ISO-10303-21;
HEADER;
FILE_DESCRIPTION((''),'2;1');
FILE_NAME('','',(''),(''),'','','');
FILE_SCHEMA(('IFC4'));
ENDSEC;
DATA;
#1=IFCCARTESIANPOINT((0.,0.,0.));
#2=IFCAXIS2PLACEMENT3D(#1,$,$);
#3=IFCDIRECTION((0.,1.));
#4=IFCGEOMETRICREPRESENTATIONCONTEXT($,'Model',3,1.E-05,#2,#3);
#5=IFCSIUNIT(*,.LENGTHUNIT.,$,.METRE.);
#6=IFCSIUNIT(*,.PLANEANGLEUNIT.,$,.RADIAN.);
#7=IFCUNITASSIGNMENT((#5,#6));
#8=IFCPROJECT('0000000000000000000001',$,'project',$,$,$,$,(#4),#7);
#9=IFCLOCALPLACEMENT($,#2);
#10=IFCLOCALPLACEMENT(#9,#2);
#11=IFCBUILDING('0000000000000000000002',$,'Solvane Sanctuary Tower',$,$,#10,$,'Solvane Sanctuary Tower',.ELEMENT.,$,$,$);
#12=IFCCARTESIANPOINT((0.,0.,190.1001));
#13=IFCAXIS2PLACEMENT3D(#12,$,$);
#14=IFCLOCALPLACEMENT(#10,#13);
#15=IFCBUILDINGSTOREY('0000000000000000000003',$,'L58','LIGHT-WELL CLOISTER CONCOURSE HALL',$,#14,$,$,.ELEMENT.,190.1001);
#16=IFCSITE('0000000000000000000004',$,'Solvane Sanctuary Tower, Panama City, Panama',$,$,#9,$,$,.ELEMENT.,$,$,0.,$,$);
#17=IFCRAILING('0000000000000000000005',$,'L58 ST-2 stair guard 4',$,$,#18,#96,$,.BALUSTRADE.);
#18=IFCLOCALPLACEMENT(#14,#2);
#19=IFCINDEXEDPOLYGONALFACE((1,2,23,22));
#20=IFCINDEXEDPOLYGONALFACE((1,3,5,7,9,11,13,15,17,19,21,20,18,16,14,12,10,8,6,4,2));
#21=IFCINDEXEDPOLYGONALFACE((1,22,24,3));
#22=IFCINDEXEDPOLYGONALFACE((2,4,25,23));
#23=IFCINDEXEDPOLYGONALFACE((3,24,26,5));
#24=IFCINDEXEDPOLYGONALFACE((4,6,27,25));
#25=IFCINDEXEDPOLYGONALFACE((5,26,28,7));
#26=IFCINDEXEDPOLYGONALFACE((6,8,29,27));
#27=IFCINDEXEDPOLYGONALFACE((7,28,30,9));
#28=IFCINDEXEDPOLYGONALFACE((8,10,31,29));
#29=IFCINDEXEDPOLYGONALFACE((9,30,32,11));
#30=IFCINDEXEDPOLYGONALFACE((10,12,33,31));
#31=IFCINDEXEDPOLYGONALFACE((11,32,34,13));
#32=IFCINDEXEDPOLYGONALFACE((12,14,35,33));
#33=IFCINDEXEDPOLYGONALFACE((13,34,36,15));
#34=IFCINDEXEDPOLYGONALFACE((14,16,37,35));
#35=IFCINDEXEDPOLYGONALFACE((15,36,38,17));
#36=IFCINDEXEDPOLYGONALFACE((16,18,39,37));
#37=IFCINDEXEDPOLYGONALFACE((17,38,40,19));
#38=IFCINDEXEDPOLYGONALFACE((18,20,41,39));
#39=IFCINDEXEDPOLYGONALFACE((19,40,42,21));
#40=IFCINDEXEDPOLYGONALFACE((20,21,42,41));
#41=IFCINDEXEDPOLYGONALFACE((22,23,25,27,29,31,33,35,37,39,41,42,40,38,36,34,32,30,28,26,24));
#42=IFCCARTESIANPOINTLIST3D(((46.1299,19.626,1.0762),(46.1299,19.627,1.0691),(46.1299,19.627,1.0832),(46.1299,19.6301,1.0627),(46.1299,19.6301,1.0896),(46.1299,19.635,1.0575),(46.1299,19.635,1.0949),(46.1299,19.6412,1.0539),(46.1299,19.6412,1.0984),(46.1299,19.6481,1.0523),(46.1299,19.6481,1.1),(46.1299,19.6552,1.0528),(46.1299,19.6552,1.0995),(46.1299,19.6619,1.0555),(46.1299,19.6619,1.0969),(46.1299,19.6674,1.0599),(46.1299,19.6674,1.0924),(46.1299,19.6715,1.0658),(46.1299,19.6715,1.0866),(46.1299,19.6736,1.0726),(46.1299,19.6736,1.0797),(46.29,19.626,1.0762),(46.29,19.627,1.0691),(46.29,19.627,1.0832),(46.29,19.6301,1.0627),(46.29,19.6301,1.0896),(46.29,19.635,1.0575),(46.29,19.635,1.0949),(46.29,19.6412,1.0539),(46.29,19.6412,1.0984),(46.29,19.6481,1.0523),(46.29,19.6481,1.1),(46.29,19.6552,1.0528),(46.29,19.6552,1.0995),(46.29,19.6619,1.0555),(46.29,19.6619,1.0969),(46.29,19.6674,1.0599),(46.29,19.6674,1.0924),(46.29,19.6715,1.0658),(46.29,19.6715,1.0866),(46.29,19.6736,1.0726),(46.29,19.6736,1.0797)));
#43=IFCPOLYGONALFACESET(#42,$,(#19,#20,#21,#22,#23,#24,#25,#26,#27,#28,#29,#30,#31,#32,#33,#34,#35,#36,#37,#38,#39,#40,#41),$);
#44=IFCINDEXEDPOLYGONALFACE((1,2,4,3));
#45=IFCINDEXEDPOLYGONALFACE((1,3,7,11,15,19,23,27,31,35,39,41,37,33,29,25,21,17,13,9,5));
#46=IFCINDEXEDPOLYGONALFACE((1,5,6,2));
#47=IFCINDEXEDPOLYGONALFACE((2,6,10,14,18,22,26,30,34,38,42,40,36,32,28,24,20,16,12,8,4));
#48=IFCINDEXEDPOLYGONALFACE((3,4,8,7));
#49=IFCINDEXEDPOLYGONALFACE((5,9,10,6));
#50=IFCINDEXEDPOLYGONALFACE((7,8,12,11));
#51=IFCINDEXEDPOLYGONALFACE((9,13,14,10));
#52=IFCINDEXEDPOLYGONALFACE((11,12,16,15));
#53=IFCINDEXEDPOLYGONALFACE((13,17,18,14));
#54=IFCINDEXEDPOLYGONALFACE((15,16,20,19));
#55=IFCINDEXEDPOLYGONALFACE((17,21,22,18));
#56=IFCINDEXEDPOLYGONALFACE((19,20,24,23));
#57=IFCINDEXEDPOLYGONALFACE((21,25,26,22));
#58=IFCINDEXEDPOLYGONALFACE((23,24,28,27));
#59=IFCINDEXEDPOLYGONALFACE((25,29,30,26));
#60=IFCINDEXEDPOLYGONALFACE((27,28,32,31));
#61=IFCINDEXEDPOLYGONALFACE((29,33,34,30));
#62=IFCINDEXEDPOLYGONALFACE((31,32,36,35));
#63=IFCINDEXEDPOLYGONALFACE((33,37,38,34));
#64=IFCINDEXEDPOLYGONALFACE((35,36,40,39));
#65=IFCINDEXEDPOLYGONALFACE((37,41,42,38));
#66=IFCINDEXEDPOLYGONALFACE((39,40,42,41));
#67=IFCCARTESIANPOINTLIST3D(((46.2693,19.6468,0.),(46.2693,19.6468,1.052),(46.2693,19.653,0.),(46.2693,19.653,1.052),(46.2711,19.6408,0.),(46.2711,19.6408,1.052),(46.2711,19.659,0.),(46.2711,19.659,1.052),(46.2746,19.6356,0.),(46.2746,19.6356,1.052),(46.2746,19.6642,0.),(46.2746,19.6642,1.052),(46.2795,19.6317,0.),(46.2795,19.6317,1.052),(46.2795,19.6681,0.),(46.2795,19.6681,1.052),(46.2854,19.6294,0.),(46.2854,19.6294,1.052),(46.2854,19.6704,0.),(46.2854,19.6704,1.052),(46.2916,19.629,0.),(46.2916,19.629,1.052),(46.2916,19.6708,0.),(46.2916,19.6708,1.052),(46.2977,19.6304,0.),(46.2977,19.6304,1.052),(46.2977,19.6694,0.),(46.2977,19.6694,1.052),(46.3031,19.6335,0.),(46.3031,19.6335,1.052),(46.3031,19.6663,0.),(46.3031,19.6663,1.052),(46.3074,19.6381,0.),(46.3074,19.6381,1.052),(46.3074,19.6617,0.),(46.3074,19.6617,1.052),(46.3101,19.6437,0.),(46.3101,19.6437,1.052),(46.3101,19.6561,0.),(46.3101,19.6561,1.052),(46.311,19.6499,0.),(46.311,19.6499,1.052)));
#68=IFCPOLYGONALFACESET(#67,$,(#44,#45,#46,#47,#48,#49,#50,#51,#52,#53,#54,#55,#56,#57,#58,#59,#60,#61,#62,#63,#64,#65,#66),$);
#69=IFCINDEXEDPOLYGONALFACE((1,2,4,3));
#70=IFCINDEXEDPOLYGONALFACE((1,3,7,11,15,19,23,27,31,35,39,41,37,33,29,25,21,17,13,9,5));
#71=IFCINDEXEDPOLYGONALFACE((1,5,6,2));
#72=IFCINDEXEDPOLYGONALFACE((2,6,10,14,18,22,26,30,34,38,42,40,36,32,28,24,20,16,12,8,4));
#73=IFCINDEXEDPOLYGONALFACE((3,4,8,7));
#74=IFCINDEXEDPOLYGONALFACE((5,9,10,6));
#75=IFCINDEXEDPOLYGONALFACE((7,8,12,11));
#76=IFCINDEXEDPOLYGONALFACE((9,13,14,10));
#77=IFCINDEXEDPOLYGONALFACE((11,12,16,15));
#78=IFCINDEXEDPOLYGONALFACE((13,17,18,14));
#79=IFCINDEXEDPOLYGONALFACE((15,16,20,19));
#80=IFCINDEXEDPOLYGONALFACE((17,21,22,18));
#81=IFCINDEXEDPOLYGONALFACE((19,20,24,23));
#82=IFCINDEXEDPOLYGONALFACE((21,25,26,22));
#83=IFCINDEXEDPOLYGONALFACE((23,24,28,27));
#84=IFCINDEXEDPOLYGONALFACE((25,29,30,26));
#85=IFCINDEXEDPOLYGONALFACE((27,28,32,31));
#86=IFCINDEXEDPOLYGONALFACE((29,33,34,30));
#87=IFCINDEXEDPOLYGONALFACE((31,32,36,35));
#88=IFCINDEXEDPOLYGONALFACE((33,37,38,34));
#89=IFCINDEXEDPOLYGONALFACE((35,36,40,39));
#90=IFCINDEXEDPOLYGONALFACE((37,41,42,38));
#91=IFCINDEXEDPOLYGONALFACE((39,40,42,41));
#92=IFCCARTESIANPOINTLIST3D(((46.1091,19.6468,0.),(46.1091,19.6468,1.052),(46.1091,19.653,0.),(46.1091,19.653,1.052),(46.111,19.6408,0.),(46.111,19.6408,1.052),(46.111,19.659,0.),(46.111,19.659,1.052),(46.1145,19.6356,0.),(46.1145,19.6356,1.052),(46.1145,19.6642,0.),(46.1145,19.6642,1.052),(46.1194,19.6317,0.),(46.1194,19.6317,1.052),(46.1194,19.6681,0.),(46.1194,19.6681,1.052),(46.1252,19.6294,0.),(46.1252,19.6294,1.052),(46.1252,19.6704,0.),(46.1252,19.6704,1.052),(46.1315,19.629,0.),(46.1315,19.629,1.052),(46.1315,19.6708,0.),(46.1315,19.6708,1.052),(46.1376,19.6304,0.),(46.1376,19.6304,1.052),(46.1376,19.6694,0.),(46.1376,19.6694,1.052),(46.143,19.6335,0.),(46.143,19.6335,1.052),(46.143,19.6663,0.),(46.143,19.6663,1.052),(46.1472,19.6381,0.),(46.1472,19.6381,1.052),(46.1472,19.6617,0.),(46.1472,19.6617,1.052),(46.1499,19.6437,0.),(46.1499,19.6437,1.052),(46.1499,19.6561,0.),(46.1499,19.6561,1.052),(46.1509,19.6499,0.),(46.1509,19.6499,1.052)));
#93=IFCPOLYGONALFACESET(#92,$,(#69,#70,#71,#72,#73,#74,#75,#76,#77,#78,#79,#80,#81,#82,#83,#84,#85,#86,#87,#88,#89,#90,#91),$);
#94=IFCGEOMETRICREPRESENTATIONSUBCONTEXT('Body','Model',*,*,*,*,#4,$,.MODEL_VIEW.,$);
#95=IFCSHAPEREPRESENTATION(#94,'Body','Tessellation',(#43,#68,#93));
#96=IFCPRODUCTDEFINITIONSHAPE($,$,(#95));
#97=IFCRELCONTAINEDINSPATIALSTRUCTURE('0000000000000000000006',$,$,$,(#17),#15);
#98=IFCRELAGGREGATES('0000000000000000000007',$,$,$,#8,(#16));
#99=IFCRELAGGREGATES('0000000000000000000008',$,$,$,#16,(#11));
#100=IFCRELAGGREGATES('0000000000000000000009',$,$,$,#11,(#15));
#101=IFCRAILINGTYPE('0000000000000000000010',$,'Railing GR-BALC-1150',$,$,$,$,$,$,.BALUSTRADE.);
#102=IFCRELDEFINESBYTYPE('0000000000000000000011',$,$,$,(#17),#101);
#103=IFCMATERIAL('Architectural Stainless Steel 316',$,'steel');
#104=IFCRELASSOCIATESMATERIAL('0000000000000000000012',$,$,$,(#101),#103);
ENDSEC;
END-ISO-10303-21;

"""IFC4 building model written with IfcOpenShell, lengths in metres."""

from ifc_helpers import new_model, si_unit, direction, frame, origin, origin_2d, place, context, subcontext, project, spatial, circle, extrude, material, type_object, element, save


model = new_model("IFC4")

# Units and contexts
model_context = context("Model", 3, precision=1e-05, world=origin(), true_north=direction((0.0, 1.0)))
body_context = subcontext(model_context, "Body", "Model", "MODEL_VIEW")
ifc_project = project(units=[si_unit("LENGTHUNIT", "METRE"), si_unit("PLANEANGLEUNIT", "RADIAN")], contexts=[model_context])

# Site, building, storey
site_placement = place(None, origin())
site = spatial("IfcSite", under=ifc_project, at=site_placement, Name="Solvane Sanctuary Tower, Panama City, Panama", CompositionType="ELEMENT", RefElevation=0.0)
building_placement = place(site_placement, origin())
building = spatial("IfcBuilding", under=site, at=building_placement, Name="Solvane Sanctuary Tower", LongName="Solvane Sanctuary Tower", CompositionType="ELEMENT")
storey_placement = place(building_placement, frame((0.0, 0.0, 190.1001)))
storey = spatial("IfcBuildingStorey", under=building, at=storey_placement, Name="L58", Description="LIGHT-WELL CLOISTER CONCOURSE HALL", CompositionType="ELEMENT", Elevation=190.1001)

# Shared definitions
ifc_material_1 = material(Name="Architectural Stainless Steel 316", Category="steel")

# Railing
railing_type_1 = type_object("IfcRailingType", Name="Railing GR-BALC-1150", PredefinedType="BALUSTRADE", material=ifc_material_1)
railing_1_placement = place(storey_placement, frame((46.29, 19.6499, 0.0)))
element("IfcRailing", 1, at=railing_1_placement, inside=storey, type_object=railing_type_1, Name="L58 ST-2 stair guard 4", PredefinedType="BALUSTRADE", context=body_context, shape_type="SweptSolid", body=[
    extrude(circle(Radius=0.0239, at=origin_2d()), frame((0.0, 0.0, 1.0762), z_axis=(-1.0, 0.0, 0.0), x_axis=(0.0, -1.0, 0.0)), (0.0, 0.0, 1.0), 0.1602),
    extrude(circle(Radius=0.021, at=origin_2d()), origin(), (0.0, 0.0, 1.0), 1.052),
    extrude(circle(Radius=0.021, at=origin_2d()), frame((-0.1602, 0.0, 0.0)), (0.0, 0.0, 1.0), 1.052),
])

save(model, "model.ifc")
